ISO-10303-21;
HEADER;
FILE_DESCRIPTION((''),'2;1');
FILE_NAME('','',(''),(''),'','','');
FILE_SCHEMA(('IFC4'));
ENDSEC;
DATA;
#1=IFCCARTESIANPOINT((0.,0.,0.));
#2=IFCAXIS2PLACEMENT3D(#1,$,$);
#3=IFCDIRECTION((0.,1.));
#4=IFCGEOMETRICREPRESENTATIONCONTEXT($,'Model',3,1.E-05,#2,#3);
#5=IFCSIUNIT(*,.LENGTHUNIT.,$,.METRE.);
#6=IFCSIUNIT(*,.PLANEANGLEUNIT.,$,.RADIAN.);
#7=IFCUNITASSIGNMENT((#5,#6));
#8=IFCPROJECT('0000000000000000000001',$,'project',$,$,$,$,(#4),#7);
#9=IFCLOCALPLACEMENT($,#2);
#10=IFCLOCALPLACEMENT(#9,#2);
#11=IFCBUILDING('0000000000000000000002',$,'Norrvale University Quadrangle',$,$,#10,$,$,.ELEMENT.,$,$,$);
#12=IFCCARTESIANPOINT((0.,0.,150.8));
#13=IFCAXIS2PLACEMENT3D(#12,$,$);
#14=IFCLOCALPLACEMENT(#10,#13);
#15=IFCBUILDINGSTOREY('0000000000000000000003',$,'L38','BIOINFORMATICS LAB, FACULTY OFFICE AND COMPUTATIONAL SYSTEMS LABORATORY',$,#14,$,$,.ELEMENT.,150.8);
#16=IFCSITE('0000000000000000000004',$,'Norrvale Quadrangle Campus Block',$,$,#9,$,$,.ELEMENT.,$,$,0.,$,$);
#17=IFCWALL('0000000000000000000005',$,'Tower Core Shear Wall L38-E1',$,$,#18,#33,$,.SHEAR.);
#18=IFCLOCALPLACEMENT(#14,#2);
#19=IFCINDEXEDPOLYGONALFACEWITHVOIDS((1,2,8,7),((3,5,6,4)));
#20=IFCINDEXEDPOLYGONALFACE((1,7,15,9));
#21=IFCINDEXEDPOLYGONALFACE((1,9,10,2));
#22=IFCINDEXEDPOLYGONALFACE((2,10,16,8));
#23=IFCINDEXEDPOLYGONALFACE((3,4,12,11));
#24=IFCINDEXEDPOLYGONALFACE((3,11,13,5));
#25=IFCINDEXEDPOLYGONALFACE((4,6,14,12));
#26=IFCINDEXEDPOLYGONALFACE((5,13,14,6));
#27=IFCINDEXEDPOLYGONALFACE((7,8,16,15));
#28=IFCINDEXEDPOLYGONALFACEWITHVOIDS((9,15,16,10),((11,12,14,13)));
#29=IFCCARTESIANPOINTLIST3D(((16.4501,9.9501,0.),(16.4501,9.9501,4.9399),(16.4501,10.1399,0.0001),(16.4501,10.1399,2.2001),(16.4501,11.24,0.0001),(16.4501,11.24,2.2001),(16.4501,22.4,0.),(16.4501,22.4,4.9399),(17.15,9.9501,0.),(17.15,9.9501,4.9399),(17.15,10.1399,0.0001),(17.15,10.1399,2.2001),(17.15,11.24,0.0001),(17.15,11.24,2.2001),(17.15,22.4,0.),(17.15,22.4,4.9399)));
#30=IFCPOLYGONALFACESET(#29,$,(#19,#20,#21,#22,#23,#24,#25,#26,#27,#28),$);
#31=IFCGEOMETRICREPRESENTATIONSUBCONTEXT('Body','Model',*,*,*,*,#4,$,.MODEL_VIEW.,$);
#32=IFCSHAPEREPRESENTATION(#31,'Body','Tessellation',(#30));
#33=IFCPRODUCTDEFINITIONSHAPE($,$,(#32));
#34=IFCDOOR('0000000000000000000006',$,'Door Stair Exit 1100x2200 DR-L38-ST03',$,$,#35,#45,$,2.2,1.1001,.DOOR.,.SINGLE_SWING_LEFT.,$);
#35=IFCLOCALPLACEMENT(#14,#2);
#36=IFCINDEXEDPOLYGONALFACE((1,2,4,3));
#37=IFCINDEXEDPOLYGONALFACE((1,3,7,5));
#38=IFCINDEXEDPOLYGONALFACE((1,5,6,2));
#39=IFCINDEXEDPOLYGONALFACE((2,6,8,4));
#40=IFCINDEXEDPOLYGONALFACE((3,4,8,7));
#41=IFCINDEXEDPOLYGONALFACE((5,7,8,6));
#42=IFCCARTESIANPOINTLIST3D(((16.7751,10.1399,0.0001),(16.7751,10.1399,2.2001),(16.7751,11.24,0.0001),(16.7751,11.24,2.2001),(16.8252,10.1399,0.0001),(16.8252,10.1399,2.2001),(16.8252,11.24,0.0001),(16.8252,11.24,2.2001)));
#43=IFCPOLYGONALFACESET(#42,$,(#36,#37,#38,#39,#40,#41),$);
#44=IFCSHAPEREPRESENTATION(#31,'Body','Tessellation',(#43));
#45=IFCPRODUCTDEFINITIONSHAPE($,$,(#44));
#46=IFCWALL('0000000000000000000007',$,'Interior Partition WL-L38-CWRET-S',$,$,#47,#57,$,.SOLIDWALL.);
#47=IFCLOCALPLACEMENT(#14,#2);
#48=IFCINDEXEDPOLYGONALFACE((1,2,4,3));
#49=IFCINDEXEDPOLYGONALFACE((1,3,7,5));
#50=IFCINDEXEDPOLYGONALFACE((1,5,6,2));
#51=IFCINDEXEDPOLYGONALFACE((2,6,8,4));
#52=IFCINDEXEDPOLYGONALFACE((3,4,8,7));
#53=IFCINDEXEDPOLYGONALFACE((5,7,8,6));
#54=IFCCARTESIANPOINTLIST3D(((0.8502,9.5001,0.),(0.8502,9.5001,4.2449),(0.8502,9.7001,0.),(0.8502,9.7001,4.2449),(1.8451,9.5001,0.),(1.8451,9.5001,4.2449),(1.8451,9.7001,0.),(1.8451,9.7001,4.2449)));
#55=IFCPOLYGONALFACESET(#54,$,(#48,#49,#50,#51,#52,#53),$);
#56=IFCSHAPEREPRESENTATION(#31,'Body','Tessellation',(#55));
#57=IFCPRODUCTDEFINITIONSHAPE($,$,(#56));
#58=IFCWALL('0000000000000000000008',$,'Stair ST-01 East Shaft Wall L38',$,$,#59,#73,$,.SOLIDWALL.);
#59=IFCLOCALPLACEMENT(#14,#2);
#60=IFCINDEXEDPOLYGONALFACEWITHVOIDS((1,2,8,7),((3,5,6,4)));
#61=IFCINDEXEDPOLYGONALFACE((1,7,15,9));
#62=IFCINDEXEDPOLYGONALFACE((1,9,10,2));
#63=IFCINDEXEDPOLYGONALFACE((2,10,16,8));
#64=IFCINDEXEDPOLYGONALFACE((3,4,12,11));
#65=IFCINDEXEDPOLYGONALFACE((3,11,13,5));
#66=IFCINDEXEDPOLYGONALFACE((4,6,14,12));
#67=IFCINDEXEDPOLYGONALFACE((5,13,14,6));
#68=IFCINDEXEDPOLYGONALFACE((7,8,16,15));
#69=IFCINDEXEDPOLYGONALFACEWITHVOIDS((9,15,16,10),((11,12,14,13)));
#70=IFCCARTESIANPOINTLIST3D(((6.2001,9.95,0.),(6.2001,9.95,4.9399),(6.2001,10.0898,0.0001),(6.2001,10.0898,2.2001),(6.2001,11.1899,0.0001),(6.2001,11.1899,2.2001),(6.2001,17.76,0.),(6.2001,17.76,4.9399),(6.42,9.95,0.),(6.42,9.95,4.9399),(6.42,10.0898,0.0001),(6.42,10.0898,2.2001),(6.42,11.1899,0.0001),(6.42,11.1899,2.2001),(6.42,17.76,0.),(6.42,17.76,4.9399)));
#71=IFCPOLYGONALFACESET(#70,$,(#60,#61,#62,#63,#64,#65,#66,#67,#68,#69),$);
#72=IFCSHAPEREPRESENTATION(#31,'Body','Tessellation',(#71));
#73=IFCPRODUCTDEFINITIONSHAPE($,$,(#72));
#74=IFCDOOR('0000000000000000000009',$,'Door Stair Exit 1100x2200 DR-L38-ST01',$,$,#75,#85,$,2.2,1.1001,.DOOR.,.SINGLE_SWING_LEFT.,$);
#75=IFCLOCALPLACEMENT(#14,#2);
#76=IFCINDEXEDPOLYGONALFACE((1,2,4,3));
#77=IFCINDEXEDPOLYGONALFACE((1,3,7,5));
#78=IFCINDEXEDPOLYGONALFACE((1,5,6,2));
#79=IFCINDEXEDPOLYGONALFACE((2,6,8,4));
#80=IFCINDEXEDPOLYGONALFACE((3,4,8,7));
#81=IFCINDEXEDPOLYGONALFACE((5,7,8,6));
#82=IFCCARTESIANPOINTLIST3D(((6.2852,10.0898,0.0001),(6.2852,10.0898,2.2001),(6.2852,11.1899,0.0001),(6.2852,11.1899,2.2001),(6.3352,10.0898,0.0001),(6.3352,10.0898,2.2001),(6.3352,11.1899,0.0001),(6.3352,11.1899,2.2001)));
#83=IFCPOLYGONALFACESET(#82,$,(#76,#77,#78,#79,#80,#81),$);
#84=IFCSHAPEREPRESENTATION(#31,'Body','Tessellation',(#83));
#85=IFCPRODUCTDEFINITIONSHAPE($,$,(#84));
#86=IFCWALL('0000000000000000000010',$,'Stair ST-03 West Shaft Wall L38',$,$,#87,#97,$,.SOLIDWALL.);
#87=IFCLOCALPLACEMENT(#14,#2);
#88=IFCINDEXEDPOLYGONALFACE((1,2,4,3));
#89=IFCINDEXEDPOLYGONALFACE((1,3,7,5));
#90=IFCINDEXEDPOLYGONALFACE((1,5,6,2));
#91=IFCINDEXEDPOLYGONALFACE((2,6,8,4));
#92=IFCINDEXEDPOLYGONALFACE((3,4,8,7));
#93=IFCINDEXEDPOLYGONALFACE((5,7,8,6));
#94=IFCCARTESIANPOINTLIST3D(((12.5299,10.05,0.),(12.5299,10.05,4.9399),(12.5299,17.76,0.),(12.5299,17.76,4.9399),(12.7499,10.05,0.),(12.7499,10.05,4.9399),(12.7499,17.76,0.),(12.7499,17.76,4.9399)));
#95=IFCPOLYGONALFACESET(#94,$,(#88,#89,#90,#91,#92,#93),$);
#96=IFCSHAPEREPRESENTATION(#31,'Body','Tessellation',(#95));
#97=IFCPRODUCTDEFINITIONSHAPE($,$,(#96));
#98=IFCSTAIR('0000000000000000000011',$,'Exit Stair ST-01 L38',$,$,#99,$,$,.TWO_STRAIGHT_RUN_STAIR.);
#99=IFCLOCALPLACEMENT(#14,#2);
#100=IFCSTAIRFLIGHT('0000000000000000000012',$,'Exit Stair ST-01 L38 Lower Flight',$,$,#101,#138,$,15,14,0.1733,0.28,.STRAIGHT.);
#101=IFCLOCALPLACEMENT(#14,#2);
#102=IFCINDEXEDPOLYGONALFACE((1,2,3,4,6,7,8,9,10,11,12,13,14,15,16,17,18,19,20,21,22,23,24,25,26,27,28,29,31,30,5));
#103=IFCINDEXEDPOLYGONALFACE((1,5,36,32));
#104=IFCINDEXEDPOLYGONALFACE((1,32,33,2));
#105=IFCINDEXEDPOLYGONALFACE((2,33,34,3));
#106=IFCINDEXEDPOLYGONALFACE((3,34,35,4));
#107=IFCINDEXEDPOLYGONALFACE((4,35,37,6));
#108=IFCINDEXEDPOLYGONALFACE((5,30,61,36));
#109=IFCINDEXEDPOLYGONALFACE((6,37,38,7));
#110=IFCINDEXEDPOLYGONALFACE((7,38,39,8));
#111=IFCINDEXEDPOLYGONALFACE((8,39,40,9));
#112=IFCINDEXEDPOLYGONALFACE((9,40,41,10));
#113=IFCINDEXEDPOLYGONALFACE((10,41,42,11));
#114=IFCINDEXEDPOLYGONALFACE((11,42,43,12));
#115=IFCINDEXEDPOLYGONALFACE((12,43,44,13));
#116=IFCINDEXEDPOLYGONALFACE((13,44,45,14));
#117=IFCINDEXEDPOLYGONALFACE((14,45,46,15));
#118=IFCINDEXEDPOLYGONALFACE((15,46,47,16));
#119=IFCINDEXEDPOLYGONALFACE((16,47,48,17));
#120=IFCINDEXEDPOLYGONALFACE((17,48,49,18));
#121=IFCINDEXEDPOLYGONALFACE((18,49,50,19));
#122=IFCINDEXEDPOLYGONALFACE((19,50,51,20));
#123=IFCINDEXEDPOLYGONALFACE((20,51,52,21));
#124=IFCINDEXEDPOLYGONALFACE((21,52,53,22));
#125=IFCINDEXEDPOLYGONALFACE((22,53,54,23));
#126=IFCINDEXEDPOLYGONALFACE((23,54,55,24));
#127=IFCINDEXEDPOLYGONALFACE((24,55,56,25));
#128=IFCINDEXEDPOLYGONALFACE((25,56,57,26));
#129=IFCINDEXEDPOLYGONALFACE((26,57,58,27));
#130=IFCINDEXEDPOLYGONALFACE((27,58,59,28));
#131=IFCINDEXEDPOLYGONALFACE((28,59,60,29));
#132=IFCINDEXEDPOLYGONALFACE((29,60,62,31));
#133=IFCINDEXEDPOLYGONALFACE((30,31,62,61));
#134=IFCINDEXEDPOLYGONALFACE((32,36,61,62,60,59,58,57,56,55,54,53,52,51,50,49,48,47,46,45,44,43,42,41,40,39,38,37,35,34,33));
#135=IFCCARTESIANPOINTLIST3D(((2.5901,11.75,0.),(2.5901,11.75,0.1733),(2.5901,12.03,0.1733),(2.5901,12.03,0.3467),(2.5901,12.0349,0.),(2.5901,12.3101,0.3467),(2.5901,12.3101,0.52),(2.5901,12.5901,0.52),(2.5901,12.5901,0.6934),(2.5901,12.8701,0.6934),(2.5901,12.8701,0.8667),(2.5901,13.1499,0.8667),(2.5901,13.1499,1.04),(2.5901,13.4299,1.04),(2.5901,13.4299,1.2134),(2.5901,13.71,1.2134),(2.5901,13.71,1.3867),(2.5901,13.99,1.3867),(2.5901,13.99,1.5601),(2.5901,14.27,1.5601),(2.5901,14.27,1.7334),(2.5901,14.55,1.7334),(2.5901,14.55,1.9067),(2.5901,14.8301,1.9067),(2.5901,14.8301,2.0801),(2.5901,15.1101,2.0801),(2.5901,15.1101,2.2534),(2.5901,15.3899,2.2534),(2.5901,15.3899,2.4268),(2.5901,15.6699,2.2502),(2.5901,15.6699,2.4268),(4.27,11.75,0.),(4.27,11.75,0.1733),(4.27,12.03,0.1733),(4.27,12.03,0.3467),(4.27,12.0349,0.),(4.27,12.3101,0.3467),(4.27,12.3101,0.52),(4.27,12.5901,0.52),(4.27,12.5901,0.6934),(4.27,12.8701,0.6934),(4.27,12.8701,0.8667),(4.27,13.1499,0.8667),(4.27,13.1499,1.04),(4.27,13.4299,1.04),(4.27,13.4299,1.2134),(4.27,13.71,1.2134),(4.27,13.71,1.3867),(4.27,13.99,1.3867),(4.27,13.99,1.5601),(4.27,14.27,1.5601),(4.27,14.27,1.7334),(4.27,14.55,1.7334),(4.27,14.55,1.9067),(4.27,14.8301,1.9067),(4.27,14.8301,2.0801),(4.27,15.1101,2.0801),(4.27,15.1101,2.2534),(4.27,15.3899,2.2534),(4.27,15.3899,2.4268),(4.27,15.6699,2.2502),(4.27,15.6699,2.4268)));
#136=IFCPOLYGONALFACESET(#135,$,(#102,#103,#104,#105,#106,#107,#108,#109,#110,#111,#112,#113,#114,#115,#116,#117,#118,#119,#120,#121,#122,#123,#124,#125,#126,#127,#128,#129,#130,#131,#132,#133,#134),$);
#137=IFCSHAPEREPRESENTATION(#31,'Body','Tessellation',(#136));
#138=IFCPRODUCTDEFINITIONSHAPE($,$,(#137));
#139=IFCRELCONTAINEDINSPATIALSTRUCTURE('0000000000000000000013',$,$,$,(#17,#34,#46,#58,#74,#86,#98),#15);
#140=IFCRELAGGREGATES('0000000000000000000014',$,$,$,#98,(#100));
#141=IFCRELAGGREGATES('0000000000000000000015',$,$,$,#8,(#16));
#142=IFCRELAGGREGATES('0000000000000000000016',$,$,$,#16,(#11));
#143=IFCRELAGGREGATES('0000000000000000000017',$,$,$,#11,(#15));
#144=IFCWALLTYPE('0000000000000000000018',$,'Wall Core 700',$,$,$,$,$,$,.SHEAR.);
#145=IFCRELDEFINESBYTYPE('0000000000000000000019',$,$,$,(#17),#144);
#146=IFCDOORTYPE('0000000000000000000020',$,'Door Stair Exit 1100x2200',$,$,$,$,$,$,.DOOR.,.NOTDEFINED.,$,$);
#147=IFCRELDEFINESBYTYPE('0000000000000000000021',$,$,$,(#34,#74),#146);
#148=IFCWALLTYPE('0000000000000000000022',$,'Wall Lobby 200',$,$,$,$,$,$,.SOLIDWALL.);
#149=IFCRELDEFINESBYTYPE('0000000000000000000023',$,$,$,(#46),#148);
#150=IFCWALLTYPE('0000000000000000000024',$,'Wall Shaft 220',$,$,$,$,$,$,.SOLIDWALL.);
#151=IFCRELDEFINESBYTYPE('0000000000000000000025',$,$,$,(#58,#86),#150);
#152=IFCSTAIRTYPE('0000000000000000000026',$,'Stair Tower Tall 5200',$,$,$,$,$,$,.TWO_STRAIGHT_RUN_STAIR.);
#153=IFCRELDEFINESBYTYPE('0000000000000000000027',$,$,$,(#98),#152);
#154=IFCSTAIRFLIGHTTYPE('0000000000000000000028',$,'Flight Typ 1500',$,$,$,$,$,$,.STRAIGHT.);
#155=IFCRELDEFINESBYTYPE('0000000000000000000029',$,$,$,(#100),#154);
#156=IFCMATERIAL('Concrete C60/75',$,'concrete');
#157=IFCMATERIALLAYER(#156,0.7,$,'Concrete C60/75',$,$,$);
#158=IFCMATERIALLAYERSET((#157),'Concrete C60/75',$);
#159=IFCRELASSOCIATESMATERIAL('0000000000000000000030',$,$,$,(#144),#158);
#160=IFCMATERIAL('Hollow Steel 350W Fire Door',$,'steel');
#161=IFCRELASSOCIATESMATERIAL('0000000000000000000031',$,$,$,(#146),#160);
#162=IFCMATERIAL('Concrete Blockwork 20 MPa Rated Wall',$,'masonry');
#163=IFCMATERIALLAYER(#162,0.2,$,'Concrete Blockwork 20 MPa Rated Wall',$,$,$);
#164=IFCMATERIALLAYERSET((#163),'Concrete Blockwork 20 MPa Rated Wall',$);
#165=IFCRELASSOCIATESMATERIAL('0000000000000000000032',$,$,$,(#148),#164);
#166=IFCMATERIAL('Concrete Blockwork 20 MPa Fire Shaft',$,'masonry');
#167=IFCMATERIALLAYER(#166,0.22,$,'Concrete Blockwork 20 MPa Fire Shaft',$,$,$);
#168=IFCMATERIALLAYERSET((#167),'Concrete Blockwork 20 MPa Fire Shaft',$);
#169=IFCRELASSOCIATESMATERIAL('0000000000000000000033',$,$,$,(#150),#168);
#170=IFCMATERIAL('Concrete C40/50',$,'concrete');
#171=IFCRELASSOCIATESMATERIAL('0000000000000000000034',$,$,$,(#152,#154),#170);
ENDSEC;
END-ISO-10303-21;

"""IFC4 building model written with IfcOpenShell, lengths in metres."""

from ifc_helpers import new_model, si_unit, direction, frame, frame_2d, origin, place, context, subcontext, project, spatial, polyline, rectangle, outline, extrude, material, layer, layer_set, type_object, element, fill, aggregate, save


model = new_model("IFC4")

# Units and contexts
model_context = context("Model", 3, precision=1e-05, world=origin(), true_north=direction((0.0, 1.0)))
body_context = subcontext(model_context, "Body", "Model", "MODEL_VIEW")
ifc_project = project(units=[si_unit("LENGTHUNIT", "METRE"), si_unit("PLANEANGLEUNIT", "RADIAN")], contexts=[model_context])

# Site, building, storey
site_placement = place(None, origin())
site = spatial("IfcSite", under=ifc_project, at=site_placement, Name="Norrvale Quadrangle Campus Block", CompositionType="ELEMENT", RefElevation=0.0)
building_placement = place(site_placement, origin())
building = spatial("IfcBuilding", under=site, at=building_placement, Name="Norrvale University Quadrangle", CompositionType="ELEMENT")
storey_placement = place(building_placement, frame((0.0, 0.0, 150.8)))
storey = spatial("IfcBuildingStorey", under=building, at=storey_placement, Name="L38", Description="BIOINFORMATICS LAB, FACULTY OFFICE AND COMPUTATIONAL SYSTEMS LABORATORY", CompositionType="ELEMENT", Elevation=150.8)

# Shared definitions
ifc_material_1 = material(Name="Concrete C60/75", Category="concrete")

# Shared definitions
ifc_layer_1 = layer(ifc_material_1, 0.7, Name="Concrete C60/75")
ifc_layer_set_1 = layer_set([ifc_layer_1], Name="Concrete C60/75")
wall_type_1 = type_object("IfcWallType", Name="Wall Core 700", PredefinedType="SHEAR", material=ifc_layer_set_1)

# Wall, opening, door
wall_1_placement = place(storey_placement, frame((16.8, 9.95, 0.0), z_axis=(0.0, 0.0, 1.0), x_axis=(0.0, 1.0, 0.0)))
wall_1 = element("IfcWall", 1, at=wall_1_placement, inside=storey, type_object=wall_type_1, Name="Tower Core Shear Wall L38-E1", PredefinedType="SHEAR", context=body_context, shape_type="SweptSolid", body=[
    extrude(rectangle(XDim=12.45, YDim=0.7, at=frame_2d((6.2251, 0.0))), origin(), (0.0, 0.0, 1.0), 4.9399),
])
opening_1_placement = place(wall_1_placement, frame((0.1899, 0.0, 0.0)))
opening_1 = element("IfcOpeningElement", 2, at=opening_1_placement, cuts=wall_1, PredefinedType="OPENING", context=body_context, shape_type="SweptSolid", body=[
    extrude(rectangle(XDim=1.1001, YDim=2.2, at=frame_2d((0.55, 1.1001))), frame((0.0, 0.3621, 0.0), z_axis=(0.0, -1.0, 0.0), x_axis=(1.0, 0.0, 0.0)), (0.0, 0.0, 1.0), 0.7239),
])
ifc_material_2 = material(Name="Hollow Steel 350W Fire Door", Category="steel")
door_type = type_object("IfcDoorType", Name="Door Stair Exit 1100x2200", OperationType="NOTDEFINED", PredefinedType="DOOR", material=ifc_material_2)
door_1_placement = place(opening_1_placement, origin())
door_1 = element("IfcDoor", 3, at=door_1_placement, inside=storey, type_object=door_type, Name="Door Stair Exit 1100x2200 DR-L38-ST03", OperationType="SINGLE_SWING_LEFT", OverallHeight=2.2, OverallWidth=1.1001, PredefinedType="DOOR", context=body_context, shape_type="SweptSolid", body=[
    extrude(rectangle(XDim=1.1001, YDim=2.2, at=frame_2d((0.55, 1.1001))), frame((0.0, 0.0249, 0.0), z_axis=(0.0, -1.0, 0.0), x_axis=(1.0, 0.0, 0.0)), (0.0, 0.0, 1.0), 0.05),
])
fill(opening_1, door_1)

# Wall
ifc_material_3 = material(Name="Concrete Blockwork 20 MPa Rated Wall", Category="masonry")
ifc_layer_2 = layer(ifc_material_3, 0.2, Name="Concrete Blockwork 20 MPa Rated Wall")
ifc_layer_set_2 = layer_set([ifc_layer_2], Name="Concrete Blockwork 20 MPa Rated Wall")
wall_type_2 = type_object("IfcWallType", Name="Wall Lobby 200", PredefinedType="SOLIDWALL", material=ifc_layer_set_2)
wall_2_placement = place(storey_placement, frame((0.8501, 9.6001, 0.0), z_axis=(0.0, 0.0, 1.0), x_axis=(1.0, 0.0, 0.0)))
element("IfcWall", 4, at=wall_2_placement, inside=storey, type_object=wall_type_2, Name="Interior Partition WL-L38-CWRET-S", PredefinedType="SOLIDWALL", context=body_context, shape_type="SweptSolid", body=[
    extrude(rectangle(XDim=0.9949, YDim=0.2, at=frame_2d((0.4976, 0.0))), origin(), (0.0, 0.0, 1.0), 4.2449),
])

# Wall, opening, door
ifc_material_4 = material(Name="Concrete Blockwork 20 MPa Fire Shaft", Category="masonry")
ifc_layer_3 = layer(ifc_material_4, 0.22, Name="Concrete Blockwork 20 MPa Fire Shaft")
ifc_layer_set_3 = layer_set([ifc_layer_3], Name="Concrete Blockwork 20 MPa Fire Shaft")
wall_type_3 = type_object("IfcWallType", Name="Wall Shaft 220", PredefinedType="SOLIDWALL", material=ifc_layer_set_3)
wall_3_placement = place(storey_placement, frame((6.3101, 9.95, 0.0), z_axis=(0.0, 0.0, 1.0), x_axis=(0.0, 1.0, 0.0)))
wall_3 = element("IfcWall", 5, at=wall_3_placement, inside=storey, type_object=wall_type_3, Name="Stair ST-01 East Shaft Wall L38", PredefinedType="SOLIDWALL", context=body_context, shape_type="SweptSolid", body=[
    extrude(rectangle(XDim=7.8101, YDim=0.22, at=frame_2d((3.905, 0.0))), origin(), (0.0, 0.0, 1.0), 4.9399),
])
opening_2_placement = place(wall_3_placement, frame((0.1399, 0.0, 0.0)))
opening_2 = element("IfcOpeningElement", 6, at=opening_2_placement, cuts=wall_3, PredefinedType="OPENING", context=body_context, shape_type="SweptSolid", body=[
    extrude(rectangle(XDim=1.1001, YDim=2.2, at=frame_2d((0.55, 1.1001))), frame((0.0, 0.1221, 0.0), z_axis=(0.0, -1.0, 0.0), x_axis=(1.0, 0.0, 0.0)), (0.0, 0.0, 1.0), 0.2439),
])
door_2_placement = place(opening_2_placement, origin())
door_2 = element("IfcDoor", 7, at=door_2_placement, inside=storey, type_object=door_type, Name="Door Stair Exit 1100x2200 DR-L38-ST01", OperationType="SINGLE_SWING_LEFT", OverallHeight=2.2, OverallWidth=1.1001, PredefinedType="DOOR", context=body_context, shape_type="SweptSolid", body=[
    extrude(rectangle(XDim=1.1001, YDim=2.2, at=frame_2d((0.55, 1.1001))), frame((0.0, 0.0249, 0.0), z_axis=(0.0, -1.0, 0.0), x_axis=(1.0, 0.0, 0.0)), (0.0, 0.0, 1.0), 0.05),
])
fill(opening_2, door_2)

# Wall
wall_4_placement = place(storey_placement, frame((12.6399, 10.05, 0.0), z_axis=(0.0, 0.0, 1.0), x_axis=(0.0, 1.0, 0.0)))
element("IfcWall", 8, at=wall_4_placement, inside=storey, type_object=wall_type_3, Name="Stair ST-03 West Shaft Wall L38", PredefinedType="SOLIDWALL", context=body_context, shape_type="SweptSolid", body=[
    extrude(rectangle(XDim=7.71, YDim=0.22, at=frame_2d((3.855, 0.0))), origin(), (0.0, 0.0, 1.0), 4.9399),
])

# Stair, stair flight
ifc_material_5 = material(Name="Concrete C40/50", Category="concrete")
stair_type = type_object("IfcStairType", Name="Stair Tower Tall 5200", PredefinedType="TWO_STRAIGHT_RUN_STAIR", material=ifc_material_5)
stair_placement = place(storey_placement, origin())
stair = element("IfcStair", 9, at=stair_placement, inside=storey, type_object=stair_type, Name="Exit Stair ST-01 L38", PredefinedType="TWO_STRAIGHT_RUN_STAIR")
stair_flight_type = type_object("IfcStairFlightType", Name="Flight Typ 1500", PredefinedType="STRAIGHT", material=ifc_material_5)
stair_flight_placement = place(storey_placement, frame((3.4299, 11.75, 0.0), z_axis=(0.0, 0.0, 1.0), x_axis=(0.0, 1.0, 0.0)))
stair_flight = element("IfcStairFlight", 10, at=stair_flight_placement, type_object=stair_flight_type, Name="Exit Stair ST-01 L38 Lower Flight", NumberOfRisers=15, NumberOfTreads=14, PredefinedType="STRAIGHT", RiserHeight=0.1733, TreadLength=0.28, context=body_context, shape_type="SweptSolid", body=[
    extrude(outline(polyline([(0.0, 0.0), (0.0, 0.1733), (0.28, 0.1733), (0.28, 0.3467), (0.5601, 0.3467), (0.5601, 0.52), (0.8401, 0.52), (0.8401, 0.6934), (1.1201, 0.6934), (1.1201, 0.8667), (1.3999, 0.8667), (1.3999, 1.04), (1.6799, 1.04), (1.6799, 1.2134), (1.96, 1.2134), (1.96, 1.3867), (2.24, 1.3867), (2.24, 1.5601), (2.52, 1.5601), (2.52, 1.7334), (2.8, 1.7334), (2.8, 1.9067), (3.0801, 1.9067), (3.0801, 2.0801), (3.3601, 2.0801), (3.3601, 2.2534), (3.6399, 2.2534), (3.6399, 2.4268), (3.9199, 2.4268), (3.9199, 2.6001), (3.9199, 2.2502), (0.2849, 0.0), (0.0, 0.0)])), frame((0.0, 0.8398, 0.0), z_axis=(0.0, -1.0, 0.0), x_axis=(1.0, 0.0, 0.0)), (0.0, 0.0, 1.0), 1.6799),
])
aggregate(stair, [stair_flight])

save(model, "model.ifc")
